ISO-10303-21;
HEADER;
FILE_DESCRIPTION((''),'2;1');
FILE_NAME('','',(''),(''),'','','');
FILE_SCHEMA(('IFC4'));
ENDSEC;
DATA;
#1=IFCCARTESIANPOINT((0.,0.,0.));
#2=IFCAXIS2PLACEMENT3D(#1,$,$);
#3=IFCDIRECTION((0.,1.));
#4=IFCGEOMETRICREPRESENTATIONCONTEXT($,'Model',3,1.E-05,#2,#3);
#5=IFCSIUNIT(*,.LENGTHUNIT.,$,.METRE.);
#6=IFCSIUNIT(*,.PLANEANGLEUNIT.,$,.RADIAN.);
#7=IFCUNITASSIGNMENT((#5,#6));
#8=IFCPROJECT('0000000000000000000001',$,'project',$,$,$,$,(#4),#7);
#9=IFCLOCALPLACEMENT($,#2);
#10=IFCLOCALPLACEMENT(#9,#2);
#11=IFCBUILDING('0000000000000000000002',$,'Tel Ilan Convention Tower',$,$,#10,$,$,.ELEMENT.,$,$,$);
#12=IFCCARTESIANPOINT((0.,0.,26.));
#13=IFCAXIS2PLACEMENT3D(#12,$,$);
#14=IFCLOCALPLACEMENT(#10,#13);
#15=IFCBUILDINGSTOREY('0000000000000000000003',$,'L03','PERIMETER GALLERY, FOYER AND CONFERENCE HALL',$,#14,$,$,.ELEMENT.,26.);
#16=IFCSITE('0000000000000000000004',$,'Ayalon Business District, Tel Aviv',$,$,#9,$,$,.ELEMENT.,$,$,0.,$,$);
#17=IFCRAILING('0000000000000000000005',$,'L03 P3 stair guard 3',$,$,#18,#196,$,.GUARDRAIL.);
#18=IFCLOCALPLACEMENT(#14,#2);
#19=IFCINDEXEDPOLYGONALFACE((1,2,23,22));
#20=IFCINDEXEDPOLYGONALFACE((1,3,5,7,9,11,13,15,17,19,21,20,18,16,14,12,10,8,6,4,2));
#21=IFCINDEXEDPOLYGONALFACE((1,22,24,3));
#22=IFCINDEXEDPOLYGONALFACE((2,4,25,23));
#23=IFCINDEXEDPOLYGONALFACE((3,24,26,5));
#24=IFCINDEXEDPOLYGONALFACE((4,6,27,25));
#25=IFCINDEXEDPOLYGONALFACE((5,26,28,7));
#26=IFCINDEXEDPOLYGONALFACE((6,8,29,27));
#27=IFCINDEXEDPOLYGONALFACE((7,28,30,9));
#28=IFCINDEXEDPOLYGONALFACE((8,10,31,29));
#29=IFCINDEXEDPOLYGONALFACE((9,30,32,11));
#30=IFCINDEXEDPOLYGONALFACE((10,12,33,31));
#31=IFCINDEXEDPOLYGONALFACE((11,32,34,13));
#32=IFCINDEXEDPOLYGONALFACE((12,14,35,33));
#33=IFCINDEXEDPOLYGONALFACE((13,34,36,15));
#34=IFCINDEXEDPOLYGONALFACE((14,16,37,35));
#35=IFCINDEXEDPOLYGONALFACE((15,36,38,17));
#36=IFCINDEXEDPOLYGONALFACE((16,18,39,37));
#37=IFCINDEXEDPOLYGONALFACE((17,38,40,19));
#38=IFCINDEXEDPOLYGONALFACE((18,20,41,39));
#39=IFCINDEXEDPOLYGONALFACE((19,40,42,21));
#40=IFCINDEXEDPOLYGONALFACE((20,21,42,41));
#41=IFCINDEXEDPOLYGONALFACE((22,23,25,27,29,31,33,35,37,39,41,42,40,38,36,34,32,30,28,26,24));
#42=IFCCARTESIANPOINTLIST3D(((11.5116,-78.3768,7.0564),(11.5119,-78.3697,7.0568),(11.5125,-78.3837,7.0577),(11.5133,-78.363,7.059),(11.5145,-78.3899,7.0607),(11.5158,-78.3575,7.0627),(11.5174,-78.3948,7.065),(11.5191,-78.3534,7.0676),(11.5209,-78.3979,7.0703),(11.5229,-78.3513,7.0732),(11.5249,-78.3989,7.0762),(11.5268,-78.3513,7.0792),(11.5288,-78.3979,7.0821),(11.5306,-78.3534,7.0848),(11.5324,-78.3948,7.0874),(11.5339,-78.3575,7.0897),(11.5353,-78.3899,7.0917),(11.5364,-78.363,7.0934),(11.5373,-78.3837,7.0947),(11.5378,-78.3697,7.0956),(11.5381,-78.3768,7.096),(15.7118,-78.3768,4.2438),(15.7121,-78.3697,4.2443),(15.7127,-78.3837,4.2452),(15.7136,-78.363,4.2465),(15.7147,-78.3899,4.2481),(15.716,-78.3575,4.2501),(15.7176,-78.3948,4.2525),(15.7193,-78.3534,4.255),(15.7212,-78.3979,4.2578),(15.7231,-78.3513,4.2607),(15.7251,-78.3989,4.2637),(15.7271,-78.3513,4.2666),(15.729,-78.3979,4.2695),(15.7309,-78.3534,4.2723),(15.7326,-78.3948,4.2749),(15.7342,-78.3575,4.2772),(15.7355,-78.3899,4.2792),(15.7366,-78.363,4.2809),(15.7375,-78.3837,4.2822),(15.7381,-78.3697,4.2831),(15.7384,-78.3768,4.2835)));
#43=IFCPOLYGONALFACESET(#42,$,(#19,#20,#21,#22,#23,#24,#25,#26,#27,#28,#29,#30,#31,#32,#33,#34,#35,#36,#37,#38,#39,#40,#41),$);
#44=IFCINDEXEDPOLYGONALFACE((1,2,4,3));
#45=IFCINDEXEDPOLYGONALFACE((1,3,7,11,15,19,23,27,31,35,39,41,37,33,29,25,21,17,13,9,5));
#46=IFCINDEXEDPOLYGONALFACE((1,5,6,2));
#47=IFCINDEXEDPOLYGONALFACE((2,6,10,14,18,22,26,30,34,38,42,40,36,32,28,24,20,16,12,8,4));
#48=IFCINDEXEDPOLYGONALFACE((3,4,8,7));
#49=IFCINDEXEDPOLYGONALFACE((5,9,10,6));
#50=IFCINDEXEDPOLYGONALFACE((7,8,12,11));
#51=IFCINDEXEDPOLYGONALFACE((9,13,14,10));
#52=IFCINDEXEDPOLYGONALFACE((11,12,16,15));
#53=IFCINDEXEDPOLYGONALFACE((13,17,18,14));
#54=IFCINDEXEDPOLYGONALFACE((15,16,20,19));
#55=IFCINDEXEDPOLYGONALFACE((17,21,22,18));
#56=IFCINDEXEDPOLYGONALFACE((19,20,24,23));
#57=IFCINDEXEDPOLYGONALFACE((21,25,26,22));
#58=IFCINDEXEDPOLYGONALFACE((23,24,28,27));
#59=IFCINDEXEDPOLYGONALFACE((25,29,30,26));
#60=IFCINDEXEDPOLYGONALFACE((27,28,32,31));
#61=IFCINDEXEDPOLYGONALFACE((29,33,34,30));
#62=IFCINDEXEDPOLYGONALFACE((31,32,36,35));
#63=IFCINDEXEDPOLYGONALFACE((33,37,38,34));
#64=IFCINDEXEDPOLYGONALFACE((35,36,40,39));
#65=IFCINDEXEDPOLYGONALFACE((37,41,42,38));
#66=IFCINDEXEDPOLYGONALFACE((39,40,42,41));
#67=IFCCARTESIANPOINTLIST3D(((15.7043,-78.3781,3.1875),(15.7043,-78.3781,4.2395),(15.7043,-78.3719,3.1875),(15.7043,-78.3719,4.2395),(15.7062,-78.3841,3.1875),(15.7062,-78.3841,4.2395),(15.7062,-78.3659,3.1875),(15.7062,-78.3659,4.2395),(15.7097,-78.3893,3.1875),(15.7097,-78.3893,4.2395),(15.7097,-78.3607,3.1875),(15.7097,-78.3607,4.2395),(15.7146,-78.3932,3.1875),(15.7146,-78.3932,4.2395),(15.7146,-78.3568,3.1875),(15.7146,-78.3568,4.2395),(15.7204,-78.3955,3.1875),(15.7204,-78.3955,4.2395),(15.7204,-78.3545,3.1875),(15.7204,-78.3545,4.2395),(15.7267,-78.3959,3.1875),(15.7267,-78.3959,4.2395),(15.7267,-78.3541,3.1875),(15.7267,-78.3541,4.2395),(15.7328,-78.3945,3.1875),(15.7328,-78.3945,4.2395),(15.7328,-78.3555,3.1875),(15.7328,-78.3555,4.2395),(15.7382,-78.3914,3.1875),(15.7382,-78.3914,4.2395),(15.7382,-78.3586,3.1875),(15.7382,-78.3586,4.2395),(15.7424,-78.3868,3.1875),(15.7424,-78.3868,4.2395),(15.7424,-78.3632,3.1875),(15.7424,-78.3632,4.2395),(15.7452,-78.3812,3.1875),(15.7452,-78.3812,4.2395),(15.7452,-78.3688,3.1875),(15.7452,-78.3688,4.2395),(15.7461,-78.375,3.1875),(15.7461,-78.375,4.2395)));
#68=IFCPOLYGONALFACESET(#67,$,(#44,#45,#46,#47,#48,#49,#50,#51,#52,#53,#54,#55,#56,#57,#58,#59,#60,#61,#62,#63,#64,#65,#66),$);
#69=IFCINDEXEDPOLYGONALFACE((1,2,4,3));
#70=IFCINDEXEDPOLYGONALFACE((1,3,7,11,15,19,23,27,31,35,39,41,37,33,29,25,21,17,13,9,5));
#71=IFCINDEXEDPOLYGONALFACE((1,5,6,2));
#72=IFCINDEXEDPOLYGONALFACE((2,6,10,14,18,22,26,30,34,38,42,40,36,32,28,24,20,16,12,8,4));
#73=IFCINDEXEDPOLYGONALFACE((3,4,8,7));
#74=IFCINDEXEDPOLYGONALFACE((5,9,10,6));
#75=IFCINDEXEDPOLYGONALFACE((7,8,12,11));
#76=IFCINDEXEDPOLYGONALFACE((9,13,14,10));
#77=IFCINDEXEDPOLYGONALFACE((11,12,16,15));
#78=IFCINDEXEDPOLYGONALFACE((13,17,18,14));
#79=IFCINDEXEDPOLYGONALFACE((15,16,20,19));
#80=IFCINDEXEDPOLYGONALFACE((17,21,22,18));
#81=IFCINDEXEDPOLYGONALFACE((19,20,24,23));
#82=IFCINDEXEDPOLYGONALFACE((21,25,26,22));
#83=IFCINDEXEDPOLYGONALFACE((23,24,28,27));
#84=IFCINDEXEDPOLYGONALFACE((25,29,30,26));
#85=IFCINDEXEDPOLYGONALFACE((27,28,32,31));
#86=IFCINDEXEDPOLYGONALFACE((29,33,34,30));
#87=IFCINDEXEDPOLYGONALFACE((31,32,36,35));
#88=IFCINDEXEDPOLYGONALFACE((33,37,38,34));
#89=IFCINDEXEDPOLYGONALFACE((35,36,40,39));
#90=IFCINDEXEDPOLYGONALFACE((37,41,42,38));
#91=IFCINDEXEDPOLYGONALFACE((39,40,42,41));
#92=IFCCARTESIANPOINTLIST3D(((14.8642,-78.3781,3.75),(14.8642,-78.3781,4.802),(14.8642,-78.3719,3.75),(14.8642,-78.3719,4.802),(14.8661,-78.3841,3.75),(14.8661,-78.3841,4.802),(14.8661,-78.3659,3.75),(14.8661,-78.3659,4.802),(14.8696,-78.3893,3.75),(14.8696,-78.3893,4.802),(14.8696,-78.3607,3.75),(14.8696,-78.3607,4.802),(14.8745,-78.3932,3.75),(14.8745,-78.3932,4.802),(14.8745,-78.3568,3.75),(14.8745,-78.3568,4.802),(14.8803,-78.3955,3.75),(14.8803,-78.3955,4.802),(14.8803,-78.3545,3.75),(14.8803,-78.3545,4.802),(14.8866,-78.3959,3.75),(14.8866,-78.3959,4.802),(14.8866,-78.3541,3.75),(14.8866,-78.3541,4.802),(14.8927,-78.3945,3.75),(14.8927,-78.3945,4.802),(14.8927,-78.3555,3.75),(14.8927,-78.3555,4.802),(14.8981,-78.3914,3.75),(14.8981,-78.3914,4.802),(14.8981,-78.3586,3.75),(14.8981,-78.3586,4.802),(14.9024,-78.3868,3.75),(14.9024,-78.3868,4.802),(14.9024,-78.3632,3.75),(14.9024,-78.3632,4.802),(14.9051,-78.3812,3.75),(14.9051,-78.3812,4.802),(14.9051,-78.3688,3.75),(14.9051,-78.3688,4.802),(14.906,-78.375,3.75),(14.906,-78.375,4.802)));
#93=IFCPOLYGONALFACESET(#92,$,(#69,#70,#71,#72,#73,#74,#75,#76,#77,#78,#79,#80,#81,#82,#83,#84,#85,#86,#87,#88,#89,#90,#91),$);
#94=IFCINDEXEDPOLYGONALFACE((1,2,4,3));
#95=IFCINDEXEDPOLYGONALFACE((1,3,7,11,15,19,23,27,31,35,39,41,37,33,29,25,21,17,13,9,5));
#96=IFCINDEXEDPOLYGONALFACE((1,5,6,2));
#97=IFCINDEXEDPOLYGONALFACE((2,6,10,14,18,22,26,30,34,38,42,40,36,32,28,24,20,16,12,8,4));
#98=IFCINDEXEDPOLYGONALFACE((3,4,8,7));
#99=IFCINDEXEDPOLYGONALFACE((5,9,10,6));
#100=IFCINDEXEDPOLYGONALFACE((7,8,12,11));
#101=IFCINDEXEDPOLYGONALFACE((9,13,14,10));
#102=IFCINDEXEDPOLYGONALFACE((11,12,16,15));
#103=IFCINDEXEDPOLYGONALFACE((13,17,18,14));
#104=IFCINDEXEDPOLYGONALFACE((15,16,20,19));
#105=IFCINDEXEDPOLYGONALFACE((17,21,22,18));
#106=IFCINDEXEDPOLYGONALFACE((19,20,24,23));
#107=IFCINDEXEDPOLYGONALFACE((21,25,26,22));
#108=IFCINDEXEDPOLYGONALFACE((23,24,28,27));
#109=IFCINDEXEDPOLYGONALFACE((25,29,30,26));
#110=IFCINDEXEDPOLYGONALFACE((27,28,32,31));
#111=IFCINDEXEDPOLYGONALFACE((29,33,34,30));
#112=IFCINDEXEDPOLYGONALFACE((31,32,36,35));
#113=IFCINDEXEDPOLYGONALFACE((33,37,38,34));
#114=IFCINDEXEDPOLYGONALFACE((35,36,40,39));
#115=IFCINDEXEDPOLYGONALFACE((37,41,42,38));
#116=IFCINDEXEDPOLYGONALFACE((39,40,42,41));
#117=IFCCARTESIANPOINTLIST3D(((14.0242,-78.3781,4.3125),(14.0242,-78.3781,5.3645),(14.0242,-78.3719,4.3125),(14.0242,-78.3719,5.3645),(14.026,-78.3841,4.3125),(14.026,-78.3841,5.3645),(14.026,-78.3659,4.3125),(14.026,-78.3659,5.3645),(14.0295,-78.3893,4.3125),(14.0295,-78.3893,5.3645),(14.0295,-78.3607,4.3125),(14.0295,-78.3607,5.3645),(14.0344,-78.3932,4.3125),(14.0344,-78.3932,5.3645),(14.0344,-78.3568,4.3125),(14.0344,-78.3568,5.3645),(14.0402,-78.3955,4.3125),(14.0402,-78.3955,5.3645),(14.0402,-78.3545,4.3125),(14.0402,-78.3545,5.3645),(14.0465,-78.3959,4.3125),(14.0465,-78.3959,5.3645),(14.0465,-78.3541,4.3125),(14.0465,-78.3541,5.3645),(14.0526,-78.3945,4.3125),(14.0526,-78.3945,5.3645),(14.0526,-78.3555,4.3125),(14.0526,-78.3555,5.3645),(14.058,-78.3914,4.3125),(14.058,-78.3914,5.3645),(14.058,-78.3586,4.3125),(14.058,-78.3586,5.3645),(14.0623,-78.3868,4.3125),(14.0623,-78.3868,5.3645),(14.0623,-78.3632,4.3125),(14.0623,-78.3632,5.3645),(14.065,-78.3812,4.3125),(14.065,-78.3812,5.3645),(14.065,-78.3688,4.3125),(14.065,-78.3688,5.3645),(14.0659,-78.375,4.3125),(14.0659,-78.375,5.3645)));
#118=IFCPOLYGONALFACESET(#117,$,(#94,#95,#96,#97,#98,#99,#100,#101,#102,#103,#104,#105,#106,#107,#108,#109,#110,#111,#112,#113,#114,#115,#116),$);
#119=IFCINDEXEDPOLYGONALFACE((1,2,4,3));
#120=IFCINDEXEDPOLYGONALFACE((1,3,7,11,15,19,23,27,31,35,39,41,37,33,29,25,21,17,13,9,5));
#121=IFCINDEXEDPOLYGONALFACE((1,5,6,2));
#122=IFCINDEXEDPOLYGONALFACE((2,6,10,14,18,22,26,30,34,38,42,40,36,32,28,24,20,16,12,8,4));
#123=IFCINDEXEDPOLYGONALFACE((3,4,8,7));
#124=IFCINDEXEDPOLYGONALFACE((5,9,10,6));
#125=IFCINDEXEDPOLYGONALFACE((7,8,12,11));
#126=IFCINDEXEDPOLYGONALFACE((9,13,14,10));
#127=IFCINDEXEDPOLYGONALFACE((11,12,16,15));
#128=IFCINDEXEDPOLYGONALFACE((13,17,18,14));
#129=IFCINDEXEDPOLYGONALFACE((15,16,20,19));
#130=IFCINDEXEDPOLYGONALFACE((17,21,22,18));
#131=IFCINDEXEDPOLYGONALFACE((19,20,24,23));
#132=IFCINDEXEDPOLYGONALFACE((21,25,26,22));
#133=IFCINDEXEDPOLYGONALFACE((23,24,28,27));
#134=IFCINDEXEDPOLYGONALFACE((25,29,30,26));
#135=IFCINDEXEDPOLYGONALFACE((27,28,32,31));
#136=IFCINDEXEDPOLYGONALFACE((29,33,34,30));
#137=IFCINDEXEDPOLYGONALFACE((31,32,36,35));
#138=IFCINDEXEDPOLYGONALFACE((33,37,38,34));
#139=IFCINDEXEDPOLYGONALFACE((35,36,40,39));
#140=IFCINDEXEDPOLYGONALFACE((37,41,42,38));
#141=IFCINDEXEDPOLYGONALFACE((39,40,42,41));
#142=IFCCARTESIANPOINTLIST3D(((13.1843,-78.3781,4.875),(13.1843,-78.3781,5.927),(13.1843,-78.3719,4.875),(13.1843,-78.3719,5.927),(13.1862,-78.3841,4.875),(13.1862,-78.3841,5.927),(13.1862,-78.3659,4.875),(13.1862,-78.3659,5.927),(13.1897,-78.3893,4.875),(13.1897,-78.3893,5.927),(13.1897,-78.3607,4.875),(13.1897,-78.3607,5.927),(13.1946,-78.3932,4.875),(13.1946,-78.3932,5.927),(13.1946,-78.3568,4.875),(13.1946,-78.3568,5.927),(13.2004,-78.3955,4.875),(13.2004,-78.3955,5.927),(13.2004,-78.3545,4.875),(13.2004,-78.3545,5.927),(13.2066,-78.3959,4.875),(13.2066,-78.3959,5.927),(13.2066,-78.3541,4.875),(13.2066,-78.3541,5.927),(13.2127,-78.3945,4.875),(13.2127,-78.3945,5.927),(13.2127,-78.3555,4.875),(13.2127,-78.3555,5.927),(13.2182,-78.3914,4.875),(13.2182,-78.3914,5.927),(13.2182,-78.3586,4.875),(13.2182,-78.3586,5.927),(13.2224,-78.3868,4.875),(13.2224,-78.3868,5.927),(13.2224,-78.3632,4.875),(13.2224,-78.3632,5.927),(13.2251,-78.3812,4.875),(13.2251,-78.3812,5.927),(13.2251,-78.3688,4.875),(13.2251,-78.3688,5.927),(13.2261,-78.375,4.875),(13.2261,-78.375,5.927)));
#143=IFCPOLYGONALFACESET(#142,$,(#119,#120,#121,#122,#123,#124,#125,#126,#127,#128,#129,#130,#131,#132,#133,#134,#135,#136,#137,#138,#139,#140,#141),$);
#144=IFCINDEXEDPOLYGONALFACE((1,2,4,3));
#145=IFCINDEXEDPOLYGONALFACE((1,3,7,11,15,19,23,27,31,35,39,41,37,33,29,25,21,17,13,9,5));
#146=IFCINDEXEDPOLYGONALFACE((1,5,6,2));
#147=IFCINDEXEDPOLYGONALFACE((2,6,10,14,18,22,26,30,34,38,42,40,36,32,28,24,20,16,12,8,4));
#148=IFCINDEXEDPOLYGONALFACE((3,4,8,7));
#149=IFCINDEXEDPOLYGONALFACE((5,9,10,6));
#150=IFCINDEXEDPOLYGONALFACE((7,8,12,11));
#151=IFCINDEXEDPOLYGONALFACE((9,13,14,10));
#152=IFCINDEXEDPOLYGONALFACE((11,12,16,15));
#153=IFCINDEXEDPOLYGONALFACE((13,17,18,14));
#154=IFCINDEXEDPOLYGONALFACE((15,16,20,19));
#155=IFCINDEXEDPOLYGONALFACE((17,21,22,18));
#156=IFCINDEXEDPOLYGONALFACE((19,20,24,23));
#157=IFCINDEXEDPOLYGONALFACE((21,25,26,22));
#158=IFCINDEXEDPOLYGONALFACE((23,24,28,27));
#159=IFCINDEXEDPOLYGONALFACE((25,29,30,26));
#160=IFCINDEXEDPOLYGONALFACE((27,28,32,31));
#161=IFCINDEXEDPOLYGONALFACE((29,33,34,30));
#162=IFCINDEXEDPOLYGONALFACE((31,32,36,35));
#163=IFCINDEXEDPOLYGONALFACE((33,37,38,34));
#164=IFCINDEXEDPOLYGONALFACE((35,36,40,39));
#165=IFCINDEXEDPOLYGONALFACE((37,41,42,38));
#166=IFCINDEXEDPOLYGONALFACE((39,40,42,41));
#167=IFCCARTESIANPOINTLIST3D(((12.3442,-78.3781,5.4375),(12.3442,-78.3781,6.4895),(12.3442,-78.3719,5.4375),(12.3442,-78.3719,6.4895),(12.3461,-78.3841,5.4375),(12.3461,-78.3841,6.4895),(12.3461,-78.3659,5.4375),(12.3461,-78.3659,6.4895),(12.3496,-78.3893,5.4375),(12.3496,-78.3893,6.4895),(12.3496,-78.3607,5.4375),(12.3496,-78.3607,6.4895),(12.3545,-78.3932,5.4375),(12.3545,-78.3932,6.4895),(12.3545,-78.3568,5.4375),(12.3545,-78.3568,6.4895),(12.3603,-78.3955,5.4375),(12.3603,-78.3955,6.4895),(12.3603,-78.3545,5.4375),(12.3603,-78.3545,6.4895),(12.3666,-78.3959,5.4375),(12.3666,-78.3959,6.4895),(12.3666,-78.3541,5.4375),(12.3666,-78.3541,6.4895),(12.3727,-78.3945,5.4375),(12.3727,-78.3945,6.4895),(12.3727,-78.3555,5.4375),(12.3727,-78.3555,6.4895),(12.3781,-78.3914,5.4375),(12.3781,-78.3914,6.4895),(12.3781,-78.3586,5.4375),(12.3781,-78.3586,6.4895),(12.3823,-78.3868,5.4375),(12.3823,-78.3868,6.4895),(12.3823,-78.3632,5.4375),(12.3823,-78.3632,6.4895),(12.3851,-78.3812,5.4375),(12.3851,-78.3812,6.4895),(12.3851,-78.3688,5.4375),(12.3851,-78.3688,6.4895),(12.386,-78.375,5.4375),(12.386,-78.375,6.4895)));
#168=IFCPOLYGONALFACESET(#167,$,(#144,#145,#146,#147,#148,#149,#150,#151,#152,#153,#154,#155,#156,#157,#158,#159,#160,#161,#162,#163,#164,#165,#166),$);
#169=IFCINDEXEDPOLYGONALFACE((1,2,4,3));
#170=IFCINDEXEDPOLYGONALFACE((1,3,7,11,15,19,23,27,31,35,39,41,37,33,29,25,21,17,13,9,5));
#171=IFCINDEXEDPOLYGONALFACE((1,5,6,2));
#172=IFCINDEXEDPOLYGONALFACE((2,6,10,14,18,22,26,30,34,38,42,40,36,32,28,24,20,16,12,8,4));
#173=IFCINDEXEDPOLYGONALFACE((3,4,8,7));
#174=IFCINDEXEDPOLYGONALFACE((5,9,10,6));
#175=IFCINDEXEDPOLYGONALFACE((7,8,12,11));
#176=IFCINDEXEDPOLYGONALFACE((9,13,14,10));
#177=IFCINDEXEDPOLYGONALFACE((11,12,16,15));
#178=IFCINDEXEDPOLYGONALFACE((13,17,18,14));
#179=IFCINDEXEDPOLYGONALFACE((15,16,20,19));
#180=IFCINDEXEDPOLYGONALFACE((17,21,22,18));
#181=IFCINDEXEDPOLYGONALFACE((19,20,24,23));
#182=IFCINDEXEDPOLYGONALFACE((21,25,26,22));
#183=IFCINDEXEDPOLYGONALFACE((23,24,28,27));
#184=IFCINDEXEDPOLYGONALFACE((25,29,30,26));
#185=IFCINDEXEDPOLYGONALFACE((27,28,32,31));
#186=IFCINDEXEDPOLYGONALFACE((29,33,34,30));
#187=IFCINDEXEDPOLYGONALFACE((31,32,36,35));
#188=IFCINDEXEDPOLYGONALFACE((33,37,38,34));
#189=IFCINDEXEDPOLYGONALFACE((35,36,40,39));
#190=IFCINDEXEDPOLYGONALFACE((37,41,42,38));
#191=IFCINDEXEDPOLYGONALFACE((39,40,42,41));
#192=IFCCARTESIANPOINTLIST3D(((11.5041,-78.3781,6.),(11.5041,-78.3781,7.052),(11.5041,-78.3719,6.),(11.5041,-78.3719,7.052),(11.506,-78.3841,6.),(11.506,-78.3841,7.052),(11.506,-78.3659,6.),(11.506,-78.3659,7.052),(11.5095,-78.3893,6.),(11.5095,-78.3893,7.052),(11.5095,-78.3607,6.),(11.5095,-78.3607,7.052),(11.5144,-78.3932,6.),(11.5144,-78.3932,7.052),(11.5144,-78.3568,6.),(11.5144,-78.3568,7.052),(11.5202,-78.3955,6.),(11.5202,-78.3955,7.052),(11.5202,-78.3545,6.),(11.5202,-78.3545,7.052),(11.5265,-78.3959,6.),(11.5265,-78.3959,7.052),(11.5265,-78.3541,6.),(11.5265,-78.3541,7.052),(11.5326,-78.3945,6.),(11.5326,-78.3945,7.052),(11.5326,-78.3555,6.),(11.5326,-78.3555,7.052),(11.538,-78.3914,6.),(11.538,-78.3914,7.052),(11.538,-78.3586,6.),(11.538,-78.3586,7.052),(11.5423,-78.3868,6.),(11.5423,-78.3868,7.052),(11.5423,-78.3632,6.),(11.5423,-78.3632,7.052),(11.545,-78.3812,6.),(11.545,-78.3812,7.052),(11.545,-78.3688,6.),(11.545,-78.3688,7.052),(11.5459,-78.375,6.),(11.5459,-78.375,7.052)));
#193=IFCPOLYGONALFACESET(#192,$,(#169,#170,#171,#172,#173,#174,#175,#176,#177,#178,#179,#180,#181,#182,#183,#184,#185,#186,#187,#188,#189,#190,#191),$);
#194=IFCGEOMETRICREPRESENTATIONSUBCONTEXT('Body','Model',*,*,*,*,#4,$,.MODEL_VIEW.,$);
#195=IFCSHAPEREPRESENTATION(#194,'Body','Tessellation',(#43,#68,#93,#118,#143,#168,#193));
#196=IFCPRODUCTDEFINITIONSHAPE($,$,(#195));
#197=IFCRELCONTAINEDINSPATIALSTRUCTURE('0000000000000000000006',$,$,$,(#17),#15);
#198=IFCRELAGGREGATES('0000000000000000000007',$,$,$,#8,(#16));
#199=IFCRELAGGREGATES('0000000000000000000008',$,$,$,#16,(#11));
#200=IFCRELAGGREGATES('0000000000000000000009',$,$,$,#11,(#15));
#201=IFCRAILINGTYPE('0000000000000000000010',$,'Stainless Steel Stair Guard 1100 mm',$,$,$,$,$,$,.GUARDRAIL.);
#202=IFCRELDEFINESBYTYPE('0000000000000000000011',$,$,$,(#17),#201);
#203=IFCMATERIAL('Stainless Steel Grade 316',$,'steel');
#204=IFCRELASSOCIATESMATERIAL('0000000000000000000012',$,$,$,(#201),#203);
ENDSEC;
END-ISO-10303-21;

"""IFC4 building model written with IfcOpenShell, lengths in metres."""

from ifc_helpers import new_model, si_unit, direction, frame, origin, origin_2d, place, context, subcontext, project, spatial, circle, extrude, material, type_object, element, save


model = new_model("IFC4")

# Units and contexts
model_context = context("Model", 3, precision=1e-05, world=origin(), true_north=direction((0.0, 1.0)))
body_context = subcontext(model_context, "Body", "Model", "MODEL_VIEW")
ifc_project = project(units=[si_unit("LENGTHUNIT", "METRE"), si_unit("PLANEANGLEUNIT", "RADIAN")], contexts=[model_context])

# Site, building, storey
site_placement = place(None, origin())
site = spatial("IfcSite", under=ifc_project, at=site_placement, Name="Ayalon Business District, Tel Aviv", CompositionType="ELEMENT", RefElevation=0.0)
building_placement = place(site_placement, origin())
building = spatial("IfcBuilding", under=site, at=building_placement, Name="Tel Ilan Convention Tower", CompositionType="ELEMENT")
storey_placement = place(building_placement, frame((0.0, 0.0, 26.0)))
storey = spatial("IfcBuildingStorey", under=building, at=storey_placement, Name="L03", Description="PERIMETER GALLERY, FOYER AND CONFERENCE HALL", CompositionType="ELEMENT", Elevation=26.0)

# Railing
ifc_material_1 = material(Name="Stainless Steel Grade 316", Category="steel")
railing_type_1 = type_object("IfcRailingType", Name="Stainless Steel Stair Guard 1100 mm", PredefinedType="GUARDRAIL", material=ifc_material_1)
railing_1_placement = place(storey_placement, frame((15.7251, -78.375, 3.1875)))
element("IfcRailing", 1, at=railing_1_placement, inside=storey, type_object=railing_type_1, Name="L03 P3 stair guard 3", PredefinedType="GUARDRAIL", context=body_context, shape_type="SweptSolid", body=[
    extrude(circle(Radius=0.0239, at=origin_2d()), frame((0.0, 0.0, 1.0762), z_axis=(-0.830919, 0.0, 0.556393), x_axis=(0.0, -1.0, 0.0)), (0.0, 0.0, 1.0), 5.0549),
    extrude(circle(Radius=0.021, at=origin_2d()), origin(), (0.0, 0.0, 1.0), 1.052),
    extrude(circle(Radius=0.021, at=origin_2d()), frame((-0.8401, 0.0, 0.5625)), (0.0, 0.0, 1.0), 1.052),
    extrude(circle(Radius=0.021, at=origin_2d()), frame((-1.6802, 0.0, 1.125)), (0.0, 0.0, 1.0), 1.052),
    extrude(circle(Radius=0.021, at=origin_2d()), frame((-2.52, 0.0, 1.6875)), (0.0, 0.0, 1.0), 1.052),
    extrude(circle(Radius=0.021, at=origin_2d()), frame((-3.3601, 0.0, 2.25)), (0.0, 0.0, 1.0), 1.052),
    extrude(circle(Radius=0.021, at=origin_2d()), frame((-4.2002, 0.0, 2.8125)), (0.0, 0.0, 1.0), 1.052),
])

save(model, "model.ifc")
